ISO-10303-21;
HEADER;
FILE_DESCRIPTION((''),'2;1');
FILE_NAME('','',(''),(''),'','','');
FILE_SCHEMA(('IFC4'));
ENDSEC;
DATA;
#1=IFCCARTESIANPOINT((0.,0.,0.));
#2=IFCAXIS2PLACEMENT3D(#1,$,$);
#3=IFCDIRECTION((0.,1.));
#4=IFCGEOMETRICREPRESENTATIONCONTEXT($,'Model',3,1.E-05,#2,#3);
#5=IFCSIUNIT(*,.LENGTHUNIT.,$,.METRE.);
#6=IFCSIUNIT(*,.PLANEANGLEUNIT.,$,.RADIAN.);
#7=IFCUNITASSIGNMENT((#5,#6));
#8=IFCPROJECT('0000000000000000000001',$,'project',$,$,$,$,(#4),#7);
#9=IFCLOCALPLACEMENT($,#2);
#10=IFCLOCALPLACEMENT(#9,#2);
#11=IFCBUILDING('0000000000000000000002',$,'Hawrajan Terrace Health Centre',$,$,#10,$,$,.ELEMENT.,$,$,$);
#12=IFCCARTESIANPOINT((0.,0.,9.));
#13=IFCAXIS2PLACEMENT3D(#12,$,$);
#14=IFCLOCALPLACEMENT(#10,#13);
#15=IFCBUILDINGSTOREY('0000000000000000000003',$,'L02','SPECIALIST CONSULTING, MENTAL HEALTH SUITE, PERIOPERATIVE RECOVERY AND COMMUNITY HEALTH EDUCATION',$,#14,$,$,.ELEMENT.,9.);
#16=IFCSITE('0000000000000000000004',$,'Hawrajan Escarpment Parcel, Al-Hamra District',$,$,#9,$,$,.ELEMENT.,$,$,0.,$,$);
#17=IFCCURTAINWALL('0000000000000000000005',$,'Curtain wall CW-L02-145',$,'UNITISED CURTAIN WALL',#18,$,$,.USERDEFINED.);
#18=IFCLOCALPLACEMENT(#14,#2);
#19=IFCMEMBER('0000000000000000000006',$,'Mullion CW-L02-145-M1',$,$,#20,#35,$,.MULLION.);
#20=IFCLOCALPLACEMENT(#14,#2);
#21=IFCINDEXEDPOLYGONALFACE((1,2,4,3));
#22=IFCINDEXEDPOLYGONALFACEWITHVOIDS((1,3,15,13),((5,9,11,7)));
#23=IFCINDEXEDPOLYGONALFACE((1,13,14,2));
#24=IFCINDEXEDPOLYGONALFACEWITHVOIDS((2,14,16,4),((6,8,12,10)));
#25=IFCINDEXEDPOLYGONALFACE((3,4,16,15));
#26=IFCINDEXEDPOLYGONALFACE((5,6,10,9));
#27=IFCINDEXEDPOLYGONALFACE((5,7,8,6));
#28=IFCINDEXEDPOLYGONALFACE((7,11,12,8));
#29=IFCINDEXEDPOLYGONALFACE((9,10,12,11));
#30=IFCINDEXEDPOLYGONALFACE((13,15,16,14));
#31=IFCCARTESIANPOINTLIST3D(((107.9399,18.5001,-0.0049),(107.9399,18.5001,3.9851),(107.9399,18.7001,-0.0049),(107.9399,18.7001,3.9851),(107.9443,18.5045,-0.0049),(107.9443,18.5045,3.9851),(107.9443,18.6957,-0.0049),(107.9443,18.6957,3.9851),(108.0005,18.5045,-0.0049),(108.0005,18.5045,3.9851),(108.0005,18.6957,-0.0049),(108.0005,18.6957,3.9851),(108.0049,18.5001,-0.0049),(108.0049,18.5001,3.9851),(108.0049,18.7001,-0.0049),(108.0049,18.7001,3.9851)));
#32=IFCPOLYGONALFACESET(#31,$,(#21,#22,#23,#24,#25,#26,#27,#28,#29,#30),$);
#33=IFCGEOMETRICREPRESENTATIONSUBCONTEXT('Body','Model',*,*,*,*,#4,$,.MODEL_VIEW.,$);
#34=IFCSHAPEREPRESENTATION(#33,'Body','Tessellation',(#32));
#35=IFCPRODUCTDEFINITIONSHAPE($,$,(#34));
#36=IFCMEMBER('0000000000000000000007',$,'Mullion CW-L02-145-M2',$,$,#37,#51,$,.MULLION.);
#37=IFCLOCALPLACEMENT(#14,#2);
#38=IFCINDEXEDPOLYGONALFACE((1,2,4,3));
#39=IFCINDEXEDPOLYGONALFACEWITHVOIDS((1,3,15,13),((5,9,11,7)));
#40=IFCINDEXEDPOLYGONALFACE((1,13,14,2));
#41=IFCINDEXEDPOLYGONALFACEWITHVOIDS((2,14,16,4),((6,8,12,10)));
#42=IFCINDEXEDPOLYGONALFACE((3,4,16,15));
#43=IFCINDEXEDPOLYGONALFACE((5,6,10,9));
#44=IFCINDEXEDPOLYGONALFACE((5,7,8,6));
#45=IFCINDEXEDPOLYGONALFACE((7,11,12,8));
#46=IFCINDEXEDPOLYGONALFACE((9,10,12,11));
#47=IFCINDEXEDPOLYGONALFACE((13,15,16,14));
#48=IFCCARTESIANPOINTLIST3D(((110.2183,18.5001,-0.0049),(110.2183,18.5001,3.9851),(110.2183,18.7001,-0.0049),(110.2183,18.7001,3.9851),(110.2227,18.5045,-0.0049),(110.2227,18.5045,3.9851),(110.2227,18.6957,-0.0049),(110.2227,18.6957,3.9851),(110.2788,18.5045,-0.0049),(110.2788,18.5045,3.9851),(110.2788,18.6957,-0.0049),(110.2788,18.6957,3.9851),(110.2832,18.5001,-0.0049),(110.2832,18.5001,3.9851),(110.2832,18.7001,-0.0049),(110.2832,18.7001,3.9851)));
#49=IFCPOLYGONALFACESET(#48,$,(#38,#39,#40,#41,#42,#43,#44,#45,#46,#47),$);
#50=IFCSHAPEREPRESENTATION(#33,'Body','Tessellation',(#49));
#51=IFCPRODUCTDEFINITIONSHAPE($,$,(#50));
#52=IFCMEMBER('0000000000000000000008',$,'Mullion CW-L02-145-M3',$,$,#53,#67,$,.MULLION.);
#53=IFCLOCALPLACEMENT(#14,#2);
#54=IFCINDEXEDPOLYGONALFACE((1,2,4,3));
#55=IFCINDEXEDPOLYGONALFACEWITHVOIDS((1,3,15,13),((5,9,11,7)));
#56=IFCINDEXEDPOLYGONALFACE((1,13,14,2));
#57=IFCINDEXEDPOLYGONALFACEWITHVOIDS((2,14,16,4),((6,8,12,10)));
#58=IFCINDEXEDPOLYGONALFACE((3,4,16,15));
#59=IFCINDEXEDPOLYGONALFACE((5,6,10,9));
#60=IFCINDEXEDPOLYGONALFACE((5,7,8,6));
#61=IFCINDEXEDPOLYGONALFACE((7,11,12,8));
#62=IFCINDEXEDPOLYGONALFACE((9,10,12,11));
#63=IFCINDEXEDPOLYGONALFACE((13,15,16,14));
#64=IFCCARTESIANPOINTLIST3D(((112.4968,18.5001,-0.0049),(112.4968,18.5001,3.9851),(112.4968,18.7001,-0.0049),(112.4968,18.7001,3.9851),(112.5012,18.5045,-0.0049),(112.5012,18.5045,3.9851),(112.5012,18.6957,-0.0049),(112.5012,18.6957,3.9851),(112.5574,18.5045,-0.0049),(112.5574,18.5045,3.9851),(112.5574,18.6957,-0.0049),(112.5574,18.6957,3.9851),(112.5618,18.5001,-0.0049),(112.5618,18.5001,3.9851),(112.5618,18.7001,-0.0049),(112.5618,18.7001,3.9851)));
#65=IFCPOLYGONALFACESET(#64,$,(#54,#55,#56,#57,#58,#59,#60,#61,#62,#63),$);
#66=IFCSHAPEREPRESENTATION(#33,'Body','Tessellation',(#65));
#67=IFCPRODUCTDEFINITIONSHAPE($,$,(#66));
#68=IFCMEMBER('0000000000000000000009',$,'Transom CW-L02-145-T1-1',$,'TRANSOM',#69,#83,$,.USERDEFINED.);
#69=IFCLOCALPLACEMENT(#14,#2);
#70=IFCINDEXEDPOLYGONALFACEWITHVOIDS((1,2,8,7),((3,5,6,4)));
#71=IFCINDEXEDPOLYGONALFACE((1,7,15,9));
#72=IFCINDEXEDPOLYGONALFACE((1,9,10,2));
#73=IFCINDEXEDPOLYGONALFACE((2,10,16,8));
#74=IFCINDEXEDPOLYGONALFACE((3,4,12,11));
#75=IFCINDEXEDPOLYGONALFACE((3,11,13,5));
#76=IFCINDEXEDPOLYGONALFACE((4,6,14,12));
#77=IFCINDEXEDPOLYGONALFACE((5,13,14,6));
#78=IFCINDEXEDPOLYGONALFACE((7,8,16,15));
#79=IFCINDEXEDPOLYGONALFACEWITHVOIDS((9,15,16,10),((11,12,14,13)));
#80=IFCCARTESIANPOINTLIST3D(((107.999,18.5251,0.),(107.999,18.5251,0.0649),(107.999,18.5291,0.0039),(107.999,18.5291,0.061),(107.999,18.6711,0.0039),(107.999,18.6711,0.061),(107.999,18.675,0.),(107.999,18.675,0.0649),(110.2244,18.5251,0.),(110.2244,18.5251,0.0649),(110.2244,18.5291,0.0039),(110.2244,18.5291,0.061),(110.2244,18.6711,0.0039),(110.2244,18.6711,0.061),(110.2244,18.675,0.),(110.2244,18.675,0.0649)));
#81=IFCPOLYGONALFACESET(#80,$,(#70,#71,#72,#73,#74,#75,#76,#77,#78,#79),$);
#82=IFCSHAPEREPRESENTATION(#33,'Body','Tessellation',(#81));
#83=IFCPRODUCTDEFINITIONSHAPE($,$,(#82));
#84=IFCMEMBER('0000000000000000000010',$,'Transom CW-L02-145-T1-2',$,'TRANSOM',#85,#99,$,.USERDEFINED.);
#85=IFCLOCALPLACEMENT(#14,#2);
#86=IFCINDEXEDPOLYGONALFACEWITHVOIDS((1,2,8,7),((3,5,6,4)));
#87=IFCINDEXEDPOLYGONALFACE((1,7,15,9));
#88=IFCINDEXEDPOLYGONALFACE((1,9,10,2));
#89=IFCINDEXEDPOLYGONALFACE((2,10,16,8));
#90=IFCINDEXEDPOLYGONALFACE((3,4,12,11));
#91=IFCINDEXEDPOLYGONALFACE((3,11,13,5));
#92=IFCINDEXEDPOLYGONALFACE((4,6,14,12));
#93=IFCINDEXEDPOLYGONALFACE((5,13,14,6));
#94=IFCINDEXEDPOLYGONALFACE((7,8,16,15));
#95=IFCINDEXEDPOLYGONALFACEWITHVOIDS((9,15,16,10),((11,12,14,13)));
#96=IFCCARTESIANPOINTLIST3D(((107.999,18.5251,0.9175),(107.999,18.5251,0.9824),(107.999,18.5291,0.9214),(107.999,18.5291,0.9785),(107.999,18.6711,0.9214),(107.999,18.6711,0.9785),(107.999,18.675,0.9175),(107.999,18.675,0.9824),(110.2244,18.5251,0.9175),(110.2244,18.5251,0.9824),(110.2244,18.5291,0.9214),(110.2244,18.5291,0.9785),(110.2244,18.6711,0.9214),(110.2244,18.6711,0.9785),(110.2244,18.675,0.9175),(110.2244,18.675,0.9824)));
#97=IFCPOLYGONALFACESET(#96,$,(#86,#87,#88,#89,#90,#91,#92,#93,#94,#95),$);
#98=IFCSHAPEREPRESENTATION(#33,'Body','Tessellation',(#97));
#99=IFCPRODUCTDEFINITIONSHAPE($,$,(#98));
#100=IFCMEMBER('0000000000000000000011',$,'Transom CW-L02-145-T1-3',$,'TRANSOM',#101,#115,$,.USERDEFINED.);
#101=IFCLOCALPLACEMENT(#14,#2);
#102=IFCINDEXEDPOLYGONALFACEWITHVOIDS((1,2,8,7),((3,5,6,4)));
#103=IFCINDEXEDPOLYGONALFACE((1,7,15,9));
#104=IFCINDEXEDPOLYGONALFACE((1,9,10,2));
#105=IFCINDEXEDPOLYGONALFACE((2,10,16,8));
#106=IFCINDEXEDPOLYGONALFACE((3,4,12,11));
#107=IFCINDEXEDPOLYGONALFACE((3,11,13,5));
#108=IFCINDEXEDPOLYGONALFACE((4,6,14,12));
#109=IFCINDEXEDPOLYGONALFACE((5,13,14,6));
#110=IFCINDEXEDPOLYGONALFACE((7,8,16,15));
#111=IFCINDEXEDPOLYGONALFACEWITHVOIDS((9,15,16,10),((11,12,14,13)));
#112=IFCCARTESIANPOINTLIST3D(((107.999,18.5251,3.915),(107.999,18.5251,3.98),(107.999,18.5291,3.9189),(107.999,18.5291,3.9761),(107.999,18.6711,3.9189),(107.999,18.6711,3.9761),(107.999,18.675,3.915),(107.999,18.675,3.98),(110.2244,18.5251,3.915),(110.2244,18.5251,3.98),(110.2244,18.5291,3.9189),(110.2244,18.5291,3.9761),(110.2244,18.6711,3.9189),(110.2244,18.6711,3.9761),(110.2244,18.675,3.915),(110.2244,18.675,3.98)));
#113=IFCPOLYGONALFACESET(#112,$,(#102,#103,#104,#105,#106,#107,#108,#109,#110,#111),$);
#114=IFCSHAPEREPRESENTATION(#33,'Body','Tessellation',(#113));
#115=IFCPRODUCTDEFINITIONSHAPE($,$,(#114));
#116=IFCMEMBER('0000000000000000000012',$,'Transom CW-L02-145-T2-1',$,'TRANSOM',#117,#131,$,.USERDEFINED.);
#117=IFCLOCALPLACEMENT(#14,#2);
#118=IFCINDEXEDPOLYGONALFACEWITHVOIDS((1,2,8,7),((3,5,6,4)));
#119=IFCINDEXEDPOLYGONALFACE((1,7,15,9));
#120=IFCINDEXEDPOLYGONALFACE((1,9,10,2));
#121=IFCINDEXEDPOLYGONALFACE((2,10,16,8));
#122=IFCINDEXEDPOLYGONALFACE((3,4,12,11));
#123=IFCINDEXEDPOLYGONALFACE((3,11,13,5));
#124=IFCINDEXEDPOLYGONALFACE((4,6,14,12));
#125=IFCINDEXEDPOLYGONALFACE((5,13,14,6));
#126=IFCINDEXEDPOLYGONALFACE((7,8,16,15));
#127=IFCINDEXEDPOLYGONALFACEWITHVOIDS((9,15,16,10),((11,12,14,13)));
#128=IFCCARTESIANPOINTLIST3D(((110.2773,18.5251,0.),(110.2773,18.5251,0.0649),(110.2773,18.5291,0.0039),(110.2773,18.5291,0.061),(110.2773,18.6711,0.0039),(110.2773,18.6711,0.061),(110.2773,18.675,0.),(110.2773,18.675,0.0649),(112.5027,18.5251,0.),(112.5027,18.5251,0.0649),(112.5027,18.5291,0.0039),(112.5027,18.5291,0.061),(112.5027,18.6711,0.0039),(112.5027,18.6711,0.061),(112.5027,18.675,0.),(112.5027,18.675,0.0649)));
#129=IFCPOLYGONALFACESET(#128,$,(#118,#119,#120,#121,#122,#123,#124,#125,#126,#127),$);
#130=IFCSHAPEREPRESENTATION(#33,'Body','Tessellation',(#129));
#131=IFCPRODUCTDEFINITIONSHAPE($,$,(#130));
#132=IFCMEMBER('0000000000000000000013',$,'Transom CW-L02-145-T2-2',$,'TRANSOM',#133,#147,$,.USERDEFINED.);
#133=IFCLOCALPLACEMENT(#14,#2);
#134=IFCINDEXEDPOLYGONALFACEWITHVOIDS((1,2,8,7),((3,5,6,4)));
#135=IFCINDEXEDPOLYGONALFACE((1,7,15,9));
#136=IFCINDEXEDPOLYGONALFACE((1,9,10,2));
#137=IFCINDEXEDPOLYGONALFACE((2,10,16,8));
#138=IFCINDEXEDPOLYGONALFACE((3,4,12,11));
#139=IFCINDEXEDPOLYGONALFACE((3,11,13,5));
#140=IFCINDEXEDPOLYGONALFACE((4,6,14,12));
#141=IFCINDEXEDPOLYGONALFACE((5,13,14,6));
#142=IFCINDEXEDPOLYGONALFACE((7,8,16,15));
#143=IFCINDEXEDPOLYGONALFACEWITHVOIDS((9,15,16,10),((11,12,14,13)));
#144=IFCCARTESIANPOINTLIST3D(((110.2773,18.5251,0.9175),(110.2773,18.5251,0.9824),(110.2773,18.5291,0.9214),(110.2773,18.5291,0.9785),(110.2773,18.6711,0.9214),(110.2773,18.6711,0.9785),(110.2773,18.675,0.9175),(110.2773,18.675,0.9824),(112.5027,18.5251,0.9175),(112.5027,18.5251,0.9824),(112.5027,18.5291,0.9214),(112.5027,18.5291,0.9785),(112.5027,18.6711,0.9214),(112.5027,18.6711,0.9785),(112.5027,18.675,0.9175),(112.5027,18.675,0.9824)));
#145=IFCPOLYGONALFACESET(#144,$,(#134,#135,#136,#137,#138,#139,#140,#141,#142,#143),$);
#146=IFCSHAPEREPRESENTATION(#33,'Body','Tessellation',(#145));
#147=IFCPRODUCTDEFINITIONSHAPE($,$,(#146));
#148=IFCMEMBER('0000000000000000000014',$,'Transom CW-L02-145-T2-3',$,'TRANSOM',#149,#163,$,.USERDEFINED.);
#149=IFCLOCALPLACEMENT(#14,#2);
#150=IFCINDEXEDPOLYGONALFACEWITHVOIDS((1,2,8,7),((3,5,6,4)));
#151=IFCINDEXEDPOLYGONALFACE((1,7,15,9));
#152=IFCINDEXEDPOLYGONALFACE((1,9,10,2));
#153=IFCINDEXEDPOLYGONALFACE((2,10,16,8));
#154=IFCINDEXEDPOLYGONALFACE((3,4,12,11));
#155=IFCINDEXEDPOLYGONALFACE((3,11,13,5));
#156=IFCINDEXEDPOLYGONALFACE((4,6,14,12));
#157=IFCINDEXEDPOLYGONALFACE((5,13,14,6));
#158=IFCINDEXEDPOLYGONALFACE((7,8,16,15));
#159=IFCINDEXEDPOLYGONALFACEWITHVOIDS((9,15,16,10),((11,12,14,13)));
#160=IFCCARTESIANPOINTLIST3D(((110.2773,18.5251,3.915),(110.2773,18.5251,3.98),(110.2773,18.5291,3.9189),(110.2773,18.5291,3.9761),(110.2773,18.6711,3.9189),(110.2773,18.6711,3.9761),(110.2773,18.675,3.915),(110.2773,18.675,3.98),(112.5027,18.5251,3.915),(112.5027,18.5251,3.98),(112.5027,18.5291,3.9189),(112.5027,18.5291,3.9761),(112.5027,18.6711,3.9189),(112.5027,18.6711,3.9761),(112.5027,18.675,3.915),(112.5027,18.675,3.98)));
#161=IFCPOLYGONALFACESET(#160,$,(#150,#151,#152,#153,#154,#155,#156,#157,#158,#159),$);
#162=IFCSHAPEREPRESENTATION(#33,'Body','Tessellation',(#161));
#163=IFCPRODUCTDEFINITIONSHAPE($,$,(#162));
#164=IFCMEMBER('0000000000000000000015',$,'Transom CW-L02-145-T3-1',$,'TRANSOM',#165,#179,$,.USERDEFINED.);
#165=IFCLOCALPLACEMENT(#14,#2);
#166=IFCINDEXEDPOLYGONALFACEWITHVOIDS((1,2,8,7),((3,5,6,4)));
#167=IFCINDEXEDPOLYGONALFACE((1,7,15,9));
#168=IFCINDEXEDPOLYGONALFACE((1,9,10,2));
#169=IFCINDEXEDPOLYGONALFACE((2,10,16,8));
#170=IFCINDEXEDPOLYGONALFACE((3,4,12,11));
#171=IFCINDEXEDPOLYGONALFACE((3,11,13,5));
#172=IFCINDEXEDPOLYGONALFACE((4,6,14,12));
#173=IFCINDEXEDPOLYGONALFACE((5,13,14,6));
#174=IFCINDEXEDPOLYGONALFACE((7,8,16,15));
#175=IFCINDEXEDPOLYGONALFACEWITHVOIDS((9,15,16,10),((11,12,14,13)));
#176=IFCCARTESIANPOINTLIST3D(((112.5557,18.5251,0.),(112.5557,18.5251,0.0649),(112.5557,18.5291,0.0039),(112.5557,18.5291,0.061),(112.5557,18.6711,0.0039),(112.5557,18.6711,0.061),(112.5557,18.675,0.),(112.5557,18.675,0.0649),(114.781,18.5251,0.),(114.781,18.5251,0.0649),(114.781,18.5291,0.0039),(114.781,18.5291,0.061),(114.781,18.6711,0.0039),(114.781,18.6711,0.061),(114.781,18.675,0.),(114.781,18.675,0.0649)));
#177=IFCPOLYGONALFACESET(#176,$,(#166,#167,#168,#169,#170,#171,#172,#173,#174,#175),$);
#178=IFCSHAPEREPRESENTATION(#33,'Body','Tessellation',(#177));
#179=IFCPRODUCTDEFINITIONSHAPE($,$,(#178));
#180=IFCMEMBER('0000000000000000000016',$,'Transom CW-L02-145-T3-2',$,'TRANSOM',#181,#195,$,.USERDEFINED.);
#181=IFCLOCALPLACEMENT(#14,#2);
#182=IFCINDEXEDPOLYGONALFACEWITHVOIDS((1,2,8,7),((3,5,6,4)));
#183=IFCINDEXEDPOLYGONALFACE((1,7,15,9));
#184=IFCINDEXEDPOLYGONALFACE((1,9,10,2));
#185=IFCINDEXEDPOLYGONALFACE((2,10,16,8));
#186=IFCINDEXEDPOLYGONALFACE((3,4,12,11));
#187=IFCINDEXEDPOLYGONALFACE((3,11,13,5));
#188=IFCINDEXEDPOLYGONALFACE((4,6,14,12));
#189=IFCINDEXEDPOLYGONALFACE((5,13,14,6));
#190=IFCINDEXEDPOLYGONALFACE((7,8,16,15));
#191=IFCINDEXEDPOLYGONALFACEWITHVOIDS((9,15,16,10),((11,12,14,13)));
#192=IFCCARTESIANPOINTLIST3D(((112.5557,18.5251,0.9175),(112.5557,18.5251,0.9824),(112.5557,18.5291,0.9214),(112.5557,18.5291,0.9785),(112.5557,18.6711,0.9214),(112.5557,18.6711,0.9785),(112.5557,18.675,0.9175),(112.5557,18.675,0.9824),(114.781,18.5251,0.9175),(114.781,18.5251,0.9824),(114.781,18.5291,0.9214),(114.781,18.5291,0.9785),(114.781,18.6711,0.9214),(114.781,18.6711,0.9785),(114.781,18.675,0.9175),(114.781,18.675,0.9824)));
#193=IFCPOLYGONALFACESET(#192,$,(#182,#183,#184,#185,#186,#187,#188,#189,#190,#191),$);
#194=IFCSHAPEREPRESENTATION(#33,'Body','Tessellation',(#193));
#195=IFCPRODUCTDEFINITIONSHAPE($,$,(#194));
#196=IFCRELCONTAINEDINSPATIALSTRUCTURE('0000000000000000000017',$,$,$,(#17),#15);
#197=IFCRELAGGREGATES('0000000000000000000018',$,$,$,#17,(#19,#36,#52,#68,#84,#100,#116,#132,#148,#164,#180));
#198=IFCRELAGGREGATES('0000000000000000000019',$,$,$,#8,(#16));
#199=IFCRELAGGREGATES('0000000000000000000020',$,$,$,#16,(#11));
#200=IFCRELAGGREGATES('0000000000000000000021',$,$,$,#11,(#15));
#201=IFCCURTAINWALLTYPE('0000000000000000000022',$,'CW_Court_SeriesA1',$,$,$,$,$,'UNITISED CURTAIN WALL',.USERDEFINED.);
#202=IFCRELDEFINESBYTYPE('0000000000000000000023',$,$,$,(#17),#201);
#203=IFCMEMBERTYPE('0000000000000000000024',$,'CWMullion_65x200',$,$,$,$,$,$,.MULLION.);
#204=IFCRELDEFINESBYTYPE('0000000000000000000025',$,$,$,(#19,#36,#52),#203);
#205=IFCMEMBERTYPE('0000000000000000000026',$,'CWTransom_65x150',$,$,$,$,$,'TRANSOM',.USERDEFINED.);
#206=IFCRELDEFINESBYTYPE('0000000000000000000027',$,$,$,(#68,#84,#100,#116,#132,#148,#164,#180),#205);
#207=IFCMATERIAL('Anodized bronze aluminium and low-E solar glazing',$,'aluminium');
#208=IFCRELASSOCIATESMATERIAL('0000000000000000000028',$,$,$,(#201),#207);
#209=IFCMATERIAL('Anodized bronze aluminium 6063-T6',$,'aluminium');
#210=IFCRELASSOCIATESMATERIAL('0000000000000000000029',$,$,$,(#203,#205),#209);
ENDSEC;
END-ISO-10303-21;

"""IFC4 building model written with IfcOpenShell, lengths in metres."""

from ifc_helpers import new_model, si_unit, direction, frame, origin, origin_2d, place, context, subcontext, project, spatial, hollow_rectangle, extrude, material, material_profile, profile_set, type_object, element, aggregate, save


model = new_model("IFC4")

# Units and contexts
model_context = context("Model", 3, precision=1e-05, world=origin(), true_north=direction((0.0, 1.0)))
body_context = subcontext(model_context, "Body", "Model", "MODEL_VIEW")
ifc_project = project(units=[si_unit("LENGTHUNIT", "METRE"), si_unit("PLANEANGLEUNIT", "RADIAN")], contexts=[model_context])

# Site, building, storey
site_placement = place(None, origin())
site = spatial("IfcSite", under=ifc_project, at=site_placement, Name="Hawrajan Escarpment Parcel, Al-Hamra District", CompositionType="ELEMENT", RefElevation=0.0)
building_placement = place(site_placement, origin())
building = spatial("IfcBuilding", under=site, at=building_placement, Name="Hawrajan Terrace Health Centre", CompositionType="ELEMENT")
storey_placement = place(building_placement, frame((0.0, 0.0, 9.0)))
storey = spatial("IfcBuildingStorey", under=building, at=storey_placement, Name="L02", Description="SPECIALIST CONSULTING, MENTAL HEALTH SUITE, PERIOPERATIVE RECOVERY AND COMMUNITY HEALTH EDUCATION", CompositionType="ELEMENT", Elevation=9.0)

# Curtain wall, members
ifc_material_1 = material(Name="Anodized bronze aluminium and low-E solar glazing", Category="aluminium")
curtain_wall_type = type_object("IfcCurtainWallType", Name="CW_Court_SeriesA1", ElementType="UNITISED CURTAIN WALL", PredefinedType="USERDEFINED", material=ifc_material_1)
curtain_wall_placement = place(storey_placement, origin())
curtain_wall = element("IfcCurtainWall", 1, at=curtain_wall_placement, inside=storey, type_object=curtain_wall_type, Name="Curtain wall CW-L02-145", ObjectType="UNITISED CURTAIN WALL", PredefinedType="USERDEFINED")
ifc_material_2 = material(Name="Anodized bronze aluminium 6063-T6", Category="aluminium")
ifc_material_profile_1 = material_profile(ifc_material_2, hollow_rectangle(XDim=0.0649, YDim=0.2, WallThickness=0.0044, at=origin_2d()), Name="CW MUL 65x200")
ifc_profile_set_1 = profile_set([ifc_material_profile_1], Name="Anodized bronze aluminium 6063-T6")
member_type_1 = type_object("IfcMemberType", Name="CWMullion_65x200", PredefinedType="MULLION", material=ifc_profile_set_1)
member_1_placement = place(storey_placement, frame((107.9724, 18.6001, -0.0049), z_axis=(0.0, 0.0, 1.0), x_axis=(1.0, 0.0, 0.0)))
member_1 = element("IfcMember", 2, at=member_1_placement, type_object=member_type_1, Name="Mullion CW-L02-145-M1", PredefinedType="MULLION", context=body_context, shape_type="SweptSolid", body=[
    extrude(hollow_rectangle(XDim=0.0649, YDim=0.2, WallThickness=0.0044, at=origin_2d()), origin(), (0.0, 0.0, 1.0), 3.99),
])
member_2_placement = place(storey_placement, frame((110.2507, 18.6001, -0.0049), z_axis=(0.0, 0.0, 1.0), x_axis=(1.0, 0.0, 0.0)))
member_2 = element("IfcMember", 3, at=member_2_placement, type_object=member_type_1, Name="Mullion CW-L02-145-M2", PredefinedType="MULLION", context=body_context, shape_type="SweptSolid", body=[
    extrude(hollow_rectangle(XDim=0.0649, YDim=0.2, WallThickness=0.0044, at=origin_2d()), origin(), (0.0, 0.0, 1.0), 3.99),
])
member_3_placement = place(storey_placement, frame((112.5293, 18.6001, -0.0049), z_axis=(0.0, 0.0, 1.0), x_axis=(1.0, 0.0, 0.0)))
member_3 = element("IfcMember", 4, at=member_3_placement, type_object=member_type_1, Name="Mullion CW-L02-145-M3", PredefinedType="MULLION", context=body_context, shape_type="SweptSolid", body=[
    extrude(hollow_rectangle(XDim=0.0649, YDim=0.2, WallThickness=0.0044, at=origin_2d()), origin(), (0.0, 0.0, 1.0), 3.99),
])
ifc_material_profile_2 = material_profile(ifc_material_2, hollow_rectangle(XDim=0.0649, YDim=0.1499, WallThickness=0.0039, at=origin_2d()), Name="CW TRN 65x150")
ifc_profile_set_2 = profile_set([ifc_material_profile_2], Name="Anodized bronze aluminium 6063-T6")
member_type_2 = type_object("IfcMemberType", Name="CWTransom_65x150", ElementType="TRANSOM", PredefinedType="USERDEFINED", material=ifc_profile_set_2)
member_4_placement = place(storey_placement, frame((107.999, 18.6001, 0.0325), z_axis=(1.0, 0.0, 0.0), x_axis=(0.0, 0.0, 1.0)))
member_4 = element("IfcMember", 5, at=member_4_placement, type_object=member_type_2, Name="Transom CW-L02-145-T1-1", ObjectType="TRANSOM", PredefinedType="USERDEFINED", context=body_context, shape_type="SweptSolid", body=[
    extrude(hollow_rectangle(XDim=0.0649, YDim=0.1499, WallThickness=0.0039, at=origin_2d()), origin(), (0.0, 0.0, 1.0), 2.2253),
])
member_5_placement = place(storey_placement, frame((107.999, 18.6001, 0.95), z_axis=(1.0, 0.0, 0.0), x_axis=(0.0, 0.0, 1.0)))
member_5 = element("IfcMember", 6, at=member_5_placement, type_object=member_type_2, Name="Transom CW-L02-145-T1-2", ObjectType="TRANSOM", PredefinedType="USERDEFINED", context=body_context, shape_type="SweptSolid", body=[
    extrude(hollow_rectangle(XDim=0.0649, YDim=0.1499, WallThickness=0.0039, at=origin_2d()), origin(), (0.0, 0.0, 1.0), 2.2253),
])
member_6_placement = place(storey_placement, frame((107.999, 18.6001, 3.9475), z_axis=(1.0, 0.0, 0.0), x_axis=(0.0, 0.0, 1.0)))
member_6 = element("IfcMember", 7, at=member_6_placement, type_object=member_type_2, Name="Transom CW-L02-145-T1-3", ObjectType="TRANSOM", PredefinedType="USERDEFINED", context=body_context, shape_type="SweptSolid", body=[
    extrude(hollow_rectangle(XDim=0.0649, YDim=0.1499, WallThickness=0.0039, at=origin_2d()), origin(), (0.0, 0.0, 1.0), 2.2253),
])
member_7_placement = place(storey_placement, frame((110.2773, 18.6001, 0.0325), z_axis=(1.0, 0.0, 0.0), x_axis=(0.0, 0.0, 1.0)))
member_7 = element("IfcMember", 8, at=member_7_placement, type_object=member_type_2, Name="Transom CW-L02-145-T2-1", ObjectType="TRANSOM", PredefinedType="USERDEFINED", context=body_context, shape_type="SweptSolid", body=[
    extrude(hollow_rectangle(XDim=0.0649, YDim=0.1499, WallThickness=0.0039, at=origin_2d()), origin(), (0.0, 0.0, 1.0), 2.2253),
])
member_8_placement = place(storey_placement, frame((110.2773, 18.6001, 0.95), z_axis=(1.0, 0.0, 0.0), x_axis=(0.0, 0.0, 1.0)))
member_8 = element("IfcMember", 9, at=member_8_placement, type_object=member_type_2, Name="Transom CW-L02-145-T2-2", ObjectType="TRANSOM", PredefinedType="USERDEFINED", context=body_context, shape_type="SweptSolid", body=[
    extrude(hollow_rectangle(XDim=0.0649, YDim=0.1499, WallThickness=0.0039, at=origin_2d()), origin(), (0.0, 0.0, 1.0), 2.2253),
])
member_9_placement = place(storey_placement, frame((110.2773, 18.6001, 3.9475), z_axis=(1.0, 0.0, 0.0), x_axis=(0.0, 0.0, 1.0)))
member_9 = element("IfcMember", 10, at=member_9_placement, type_object=member_type_2, Name="Transom CW-L02-145-T2-3", ObjectType="TRANSOM", PredefinedType="USERDEFINED", context=body_context, shape_type="SweptSolid", body=[
    extrude(hollow_rectangle(XDim=0.0649, YDim=0.1499, WallThickness=0.0039, at=origin_2d()), origin(), (0.0, 0.0, 1.0), 2.2253),
])
member_10_placement = place(storey_placement, frame((112.5557, 18.6001, 0.0325), z_axis=(1.0, 0.0, 0.0), x_axis=(0.0, 0.0, 1.0)))
member_10 = element("IfcMember", 11, at=member_10_placement, type_object=member_type_2, Name="Transom CW-L02-145-T3-1", ObjectType="TRANSOM", PredefinedType="USERDEFINED", context=body_context, shape_type="SweptSolid", body=[
    extrude(hollow_rectangle(XDim=0.0649, YDim=0.1499, WallThickness=0.0039, at=origin_2d()), origin(), (0.0, 0.0, 1.0), 2.2253),
])
member_11_placement = place(storey_placement, frame((112.5557, 18.6001, 0.95), z_axis=(1.0, 0.0, 0.0), x_axis=(0.0, 0.0, 1.0)))
member_11 = element("IfcMember", 12, at=member_11_placement, type_object=member_type_2, Name="Transom CW-L02-145-T3-2", ObjectType="TRANSOM", PredefinedType="USERDEFINED", context=body_context, shape_type="SweptSolid", body=[
    extrude(hollow_rectangle(XDim=0.0649, YDim=0.1499, WallThickness=0.0039, at=origin_2d()), origin(), (0.0, 0.0, 1.0), 2.2253),
])

aggregate(curtain_wall, [member_1, member_2, member_3, member_4, member_5, member_6, member_7, member_8, member_9, member_10, member_11])

save(model, "model.ifc")
